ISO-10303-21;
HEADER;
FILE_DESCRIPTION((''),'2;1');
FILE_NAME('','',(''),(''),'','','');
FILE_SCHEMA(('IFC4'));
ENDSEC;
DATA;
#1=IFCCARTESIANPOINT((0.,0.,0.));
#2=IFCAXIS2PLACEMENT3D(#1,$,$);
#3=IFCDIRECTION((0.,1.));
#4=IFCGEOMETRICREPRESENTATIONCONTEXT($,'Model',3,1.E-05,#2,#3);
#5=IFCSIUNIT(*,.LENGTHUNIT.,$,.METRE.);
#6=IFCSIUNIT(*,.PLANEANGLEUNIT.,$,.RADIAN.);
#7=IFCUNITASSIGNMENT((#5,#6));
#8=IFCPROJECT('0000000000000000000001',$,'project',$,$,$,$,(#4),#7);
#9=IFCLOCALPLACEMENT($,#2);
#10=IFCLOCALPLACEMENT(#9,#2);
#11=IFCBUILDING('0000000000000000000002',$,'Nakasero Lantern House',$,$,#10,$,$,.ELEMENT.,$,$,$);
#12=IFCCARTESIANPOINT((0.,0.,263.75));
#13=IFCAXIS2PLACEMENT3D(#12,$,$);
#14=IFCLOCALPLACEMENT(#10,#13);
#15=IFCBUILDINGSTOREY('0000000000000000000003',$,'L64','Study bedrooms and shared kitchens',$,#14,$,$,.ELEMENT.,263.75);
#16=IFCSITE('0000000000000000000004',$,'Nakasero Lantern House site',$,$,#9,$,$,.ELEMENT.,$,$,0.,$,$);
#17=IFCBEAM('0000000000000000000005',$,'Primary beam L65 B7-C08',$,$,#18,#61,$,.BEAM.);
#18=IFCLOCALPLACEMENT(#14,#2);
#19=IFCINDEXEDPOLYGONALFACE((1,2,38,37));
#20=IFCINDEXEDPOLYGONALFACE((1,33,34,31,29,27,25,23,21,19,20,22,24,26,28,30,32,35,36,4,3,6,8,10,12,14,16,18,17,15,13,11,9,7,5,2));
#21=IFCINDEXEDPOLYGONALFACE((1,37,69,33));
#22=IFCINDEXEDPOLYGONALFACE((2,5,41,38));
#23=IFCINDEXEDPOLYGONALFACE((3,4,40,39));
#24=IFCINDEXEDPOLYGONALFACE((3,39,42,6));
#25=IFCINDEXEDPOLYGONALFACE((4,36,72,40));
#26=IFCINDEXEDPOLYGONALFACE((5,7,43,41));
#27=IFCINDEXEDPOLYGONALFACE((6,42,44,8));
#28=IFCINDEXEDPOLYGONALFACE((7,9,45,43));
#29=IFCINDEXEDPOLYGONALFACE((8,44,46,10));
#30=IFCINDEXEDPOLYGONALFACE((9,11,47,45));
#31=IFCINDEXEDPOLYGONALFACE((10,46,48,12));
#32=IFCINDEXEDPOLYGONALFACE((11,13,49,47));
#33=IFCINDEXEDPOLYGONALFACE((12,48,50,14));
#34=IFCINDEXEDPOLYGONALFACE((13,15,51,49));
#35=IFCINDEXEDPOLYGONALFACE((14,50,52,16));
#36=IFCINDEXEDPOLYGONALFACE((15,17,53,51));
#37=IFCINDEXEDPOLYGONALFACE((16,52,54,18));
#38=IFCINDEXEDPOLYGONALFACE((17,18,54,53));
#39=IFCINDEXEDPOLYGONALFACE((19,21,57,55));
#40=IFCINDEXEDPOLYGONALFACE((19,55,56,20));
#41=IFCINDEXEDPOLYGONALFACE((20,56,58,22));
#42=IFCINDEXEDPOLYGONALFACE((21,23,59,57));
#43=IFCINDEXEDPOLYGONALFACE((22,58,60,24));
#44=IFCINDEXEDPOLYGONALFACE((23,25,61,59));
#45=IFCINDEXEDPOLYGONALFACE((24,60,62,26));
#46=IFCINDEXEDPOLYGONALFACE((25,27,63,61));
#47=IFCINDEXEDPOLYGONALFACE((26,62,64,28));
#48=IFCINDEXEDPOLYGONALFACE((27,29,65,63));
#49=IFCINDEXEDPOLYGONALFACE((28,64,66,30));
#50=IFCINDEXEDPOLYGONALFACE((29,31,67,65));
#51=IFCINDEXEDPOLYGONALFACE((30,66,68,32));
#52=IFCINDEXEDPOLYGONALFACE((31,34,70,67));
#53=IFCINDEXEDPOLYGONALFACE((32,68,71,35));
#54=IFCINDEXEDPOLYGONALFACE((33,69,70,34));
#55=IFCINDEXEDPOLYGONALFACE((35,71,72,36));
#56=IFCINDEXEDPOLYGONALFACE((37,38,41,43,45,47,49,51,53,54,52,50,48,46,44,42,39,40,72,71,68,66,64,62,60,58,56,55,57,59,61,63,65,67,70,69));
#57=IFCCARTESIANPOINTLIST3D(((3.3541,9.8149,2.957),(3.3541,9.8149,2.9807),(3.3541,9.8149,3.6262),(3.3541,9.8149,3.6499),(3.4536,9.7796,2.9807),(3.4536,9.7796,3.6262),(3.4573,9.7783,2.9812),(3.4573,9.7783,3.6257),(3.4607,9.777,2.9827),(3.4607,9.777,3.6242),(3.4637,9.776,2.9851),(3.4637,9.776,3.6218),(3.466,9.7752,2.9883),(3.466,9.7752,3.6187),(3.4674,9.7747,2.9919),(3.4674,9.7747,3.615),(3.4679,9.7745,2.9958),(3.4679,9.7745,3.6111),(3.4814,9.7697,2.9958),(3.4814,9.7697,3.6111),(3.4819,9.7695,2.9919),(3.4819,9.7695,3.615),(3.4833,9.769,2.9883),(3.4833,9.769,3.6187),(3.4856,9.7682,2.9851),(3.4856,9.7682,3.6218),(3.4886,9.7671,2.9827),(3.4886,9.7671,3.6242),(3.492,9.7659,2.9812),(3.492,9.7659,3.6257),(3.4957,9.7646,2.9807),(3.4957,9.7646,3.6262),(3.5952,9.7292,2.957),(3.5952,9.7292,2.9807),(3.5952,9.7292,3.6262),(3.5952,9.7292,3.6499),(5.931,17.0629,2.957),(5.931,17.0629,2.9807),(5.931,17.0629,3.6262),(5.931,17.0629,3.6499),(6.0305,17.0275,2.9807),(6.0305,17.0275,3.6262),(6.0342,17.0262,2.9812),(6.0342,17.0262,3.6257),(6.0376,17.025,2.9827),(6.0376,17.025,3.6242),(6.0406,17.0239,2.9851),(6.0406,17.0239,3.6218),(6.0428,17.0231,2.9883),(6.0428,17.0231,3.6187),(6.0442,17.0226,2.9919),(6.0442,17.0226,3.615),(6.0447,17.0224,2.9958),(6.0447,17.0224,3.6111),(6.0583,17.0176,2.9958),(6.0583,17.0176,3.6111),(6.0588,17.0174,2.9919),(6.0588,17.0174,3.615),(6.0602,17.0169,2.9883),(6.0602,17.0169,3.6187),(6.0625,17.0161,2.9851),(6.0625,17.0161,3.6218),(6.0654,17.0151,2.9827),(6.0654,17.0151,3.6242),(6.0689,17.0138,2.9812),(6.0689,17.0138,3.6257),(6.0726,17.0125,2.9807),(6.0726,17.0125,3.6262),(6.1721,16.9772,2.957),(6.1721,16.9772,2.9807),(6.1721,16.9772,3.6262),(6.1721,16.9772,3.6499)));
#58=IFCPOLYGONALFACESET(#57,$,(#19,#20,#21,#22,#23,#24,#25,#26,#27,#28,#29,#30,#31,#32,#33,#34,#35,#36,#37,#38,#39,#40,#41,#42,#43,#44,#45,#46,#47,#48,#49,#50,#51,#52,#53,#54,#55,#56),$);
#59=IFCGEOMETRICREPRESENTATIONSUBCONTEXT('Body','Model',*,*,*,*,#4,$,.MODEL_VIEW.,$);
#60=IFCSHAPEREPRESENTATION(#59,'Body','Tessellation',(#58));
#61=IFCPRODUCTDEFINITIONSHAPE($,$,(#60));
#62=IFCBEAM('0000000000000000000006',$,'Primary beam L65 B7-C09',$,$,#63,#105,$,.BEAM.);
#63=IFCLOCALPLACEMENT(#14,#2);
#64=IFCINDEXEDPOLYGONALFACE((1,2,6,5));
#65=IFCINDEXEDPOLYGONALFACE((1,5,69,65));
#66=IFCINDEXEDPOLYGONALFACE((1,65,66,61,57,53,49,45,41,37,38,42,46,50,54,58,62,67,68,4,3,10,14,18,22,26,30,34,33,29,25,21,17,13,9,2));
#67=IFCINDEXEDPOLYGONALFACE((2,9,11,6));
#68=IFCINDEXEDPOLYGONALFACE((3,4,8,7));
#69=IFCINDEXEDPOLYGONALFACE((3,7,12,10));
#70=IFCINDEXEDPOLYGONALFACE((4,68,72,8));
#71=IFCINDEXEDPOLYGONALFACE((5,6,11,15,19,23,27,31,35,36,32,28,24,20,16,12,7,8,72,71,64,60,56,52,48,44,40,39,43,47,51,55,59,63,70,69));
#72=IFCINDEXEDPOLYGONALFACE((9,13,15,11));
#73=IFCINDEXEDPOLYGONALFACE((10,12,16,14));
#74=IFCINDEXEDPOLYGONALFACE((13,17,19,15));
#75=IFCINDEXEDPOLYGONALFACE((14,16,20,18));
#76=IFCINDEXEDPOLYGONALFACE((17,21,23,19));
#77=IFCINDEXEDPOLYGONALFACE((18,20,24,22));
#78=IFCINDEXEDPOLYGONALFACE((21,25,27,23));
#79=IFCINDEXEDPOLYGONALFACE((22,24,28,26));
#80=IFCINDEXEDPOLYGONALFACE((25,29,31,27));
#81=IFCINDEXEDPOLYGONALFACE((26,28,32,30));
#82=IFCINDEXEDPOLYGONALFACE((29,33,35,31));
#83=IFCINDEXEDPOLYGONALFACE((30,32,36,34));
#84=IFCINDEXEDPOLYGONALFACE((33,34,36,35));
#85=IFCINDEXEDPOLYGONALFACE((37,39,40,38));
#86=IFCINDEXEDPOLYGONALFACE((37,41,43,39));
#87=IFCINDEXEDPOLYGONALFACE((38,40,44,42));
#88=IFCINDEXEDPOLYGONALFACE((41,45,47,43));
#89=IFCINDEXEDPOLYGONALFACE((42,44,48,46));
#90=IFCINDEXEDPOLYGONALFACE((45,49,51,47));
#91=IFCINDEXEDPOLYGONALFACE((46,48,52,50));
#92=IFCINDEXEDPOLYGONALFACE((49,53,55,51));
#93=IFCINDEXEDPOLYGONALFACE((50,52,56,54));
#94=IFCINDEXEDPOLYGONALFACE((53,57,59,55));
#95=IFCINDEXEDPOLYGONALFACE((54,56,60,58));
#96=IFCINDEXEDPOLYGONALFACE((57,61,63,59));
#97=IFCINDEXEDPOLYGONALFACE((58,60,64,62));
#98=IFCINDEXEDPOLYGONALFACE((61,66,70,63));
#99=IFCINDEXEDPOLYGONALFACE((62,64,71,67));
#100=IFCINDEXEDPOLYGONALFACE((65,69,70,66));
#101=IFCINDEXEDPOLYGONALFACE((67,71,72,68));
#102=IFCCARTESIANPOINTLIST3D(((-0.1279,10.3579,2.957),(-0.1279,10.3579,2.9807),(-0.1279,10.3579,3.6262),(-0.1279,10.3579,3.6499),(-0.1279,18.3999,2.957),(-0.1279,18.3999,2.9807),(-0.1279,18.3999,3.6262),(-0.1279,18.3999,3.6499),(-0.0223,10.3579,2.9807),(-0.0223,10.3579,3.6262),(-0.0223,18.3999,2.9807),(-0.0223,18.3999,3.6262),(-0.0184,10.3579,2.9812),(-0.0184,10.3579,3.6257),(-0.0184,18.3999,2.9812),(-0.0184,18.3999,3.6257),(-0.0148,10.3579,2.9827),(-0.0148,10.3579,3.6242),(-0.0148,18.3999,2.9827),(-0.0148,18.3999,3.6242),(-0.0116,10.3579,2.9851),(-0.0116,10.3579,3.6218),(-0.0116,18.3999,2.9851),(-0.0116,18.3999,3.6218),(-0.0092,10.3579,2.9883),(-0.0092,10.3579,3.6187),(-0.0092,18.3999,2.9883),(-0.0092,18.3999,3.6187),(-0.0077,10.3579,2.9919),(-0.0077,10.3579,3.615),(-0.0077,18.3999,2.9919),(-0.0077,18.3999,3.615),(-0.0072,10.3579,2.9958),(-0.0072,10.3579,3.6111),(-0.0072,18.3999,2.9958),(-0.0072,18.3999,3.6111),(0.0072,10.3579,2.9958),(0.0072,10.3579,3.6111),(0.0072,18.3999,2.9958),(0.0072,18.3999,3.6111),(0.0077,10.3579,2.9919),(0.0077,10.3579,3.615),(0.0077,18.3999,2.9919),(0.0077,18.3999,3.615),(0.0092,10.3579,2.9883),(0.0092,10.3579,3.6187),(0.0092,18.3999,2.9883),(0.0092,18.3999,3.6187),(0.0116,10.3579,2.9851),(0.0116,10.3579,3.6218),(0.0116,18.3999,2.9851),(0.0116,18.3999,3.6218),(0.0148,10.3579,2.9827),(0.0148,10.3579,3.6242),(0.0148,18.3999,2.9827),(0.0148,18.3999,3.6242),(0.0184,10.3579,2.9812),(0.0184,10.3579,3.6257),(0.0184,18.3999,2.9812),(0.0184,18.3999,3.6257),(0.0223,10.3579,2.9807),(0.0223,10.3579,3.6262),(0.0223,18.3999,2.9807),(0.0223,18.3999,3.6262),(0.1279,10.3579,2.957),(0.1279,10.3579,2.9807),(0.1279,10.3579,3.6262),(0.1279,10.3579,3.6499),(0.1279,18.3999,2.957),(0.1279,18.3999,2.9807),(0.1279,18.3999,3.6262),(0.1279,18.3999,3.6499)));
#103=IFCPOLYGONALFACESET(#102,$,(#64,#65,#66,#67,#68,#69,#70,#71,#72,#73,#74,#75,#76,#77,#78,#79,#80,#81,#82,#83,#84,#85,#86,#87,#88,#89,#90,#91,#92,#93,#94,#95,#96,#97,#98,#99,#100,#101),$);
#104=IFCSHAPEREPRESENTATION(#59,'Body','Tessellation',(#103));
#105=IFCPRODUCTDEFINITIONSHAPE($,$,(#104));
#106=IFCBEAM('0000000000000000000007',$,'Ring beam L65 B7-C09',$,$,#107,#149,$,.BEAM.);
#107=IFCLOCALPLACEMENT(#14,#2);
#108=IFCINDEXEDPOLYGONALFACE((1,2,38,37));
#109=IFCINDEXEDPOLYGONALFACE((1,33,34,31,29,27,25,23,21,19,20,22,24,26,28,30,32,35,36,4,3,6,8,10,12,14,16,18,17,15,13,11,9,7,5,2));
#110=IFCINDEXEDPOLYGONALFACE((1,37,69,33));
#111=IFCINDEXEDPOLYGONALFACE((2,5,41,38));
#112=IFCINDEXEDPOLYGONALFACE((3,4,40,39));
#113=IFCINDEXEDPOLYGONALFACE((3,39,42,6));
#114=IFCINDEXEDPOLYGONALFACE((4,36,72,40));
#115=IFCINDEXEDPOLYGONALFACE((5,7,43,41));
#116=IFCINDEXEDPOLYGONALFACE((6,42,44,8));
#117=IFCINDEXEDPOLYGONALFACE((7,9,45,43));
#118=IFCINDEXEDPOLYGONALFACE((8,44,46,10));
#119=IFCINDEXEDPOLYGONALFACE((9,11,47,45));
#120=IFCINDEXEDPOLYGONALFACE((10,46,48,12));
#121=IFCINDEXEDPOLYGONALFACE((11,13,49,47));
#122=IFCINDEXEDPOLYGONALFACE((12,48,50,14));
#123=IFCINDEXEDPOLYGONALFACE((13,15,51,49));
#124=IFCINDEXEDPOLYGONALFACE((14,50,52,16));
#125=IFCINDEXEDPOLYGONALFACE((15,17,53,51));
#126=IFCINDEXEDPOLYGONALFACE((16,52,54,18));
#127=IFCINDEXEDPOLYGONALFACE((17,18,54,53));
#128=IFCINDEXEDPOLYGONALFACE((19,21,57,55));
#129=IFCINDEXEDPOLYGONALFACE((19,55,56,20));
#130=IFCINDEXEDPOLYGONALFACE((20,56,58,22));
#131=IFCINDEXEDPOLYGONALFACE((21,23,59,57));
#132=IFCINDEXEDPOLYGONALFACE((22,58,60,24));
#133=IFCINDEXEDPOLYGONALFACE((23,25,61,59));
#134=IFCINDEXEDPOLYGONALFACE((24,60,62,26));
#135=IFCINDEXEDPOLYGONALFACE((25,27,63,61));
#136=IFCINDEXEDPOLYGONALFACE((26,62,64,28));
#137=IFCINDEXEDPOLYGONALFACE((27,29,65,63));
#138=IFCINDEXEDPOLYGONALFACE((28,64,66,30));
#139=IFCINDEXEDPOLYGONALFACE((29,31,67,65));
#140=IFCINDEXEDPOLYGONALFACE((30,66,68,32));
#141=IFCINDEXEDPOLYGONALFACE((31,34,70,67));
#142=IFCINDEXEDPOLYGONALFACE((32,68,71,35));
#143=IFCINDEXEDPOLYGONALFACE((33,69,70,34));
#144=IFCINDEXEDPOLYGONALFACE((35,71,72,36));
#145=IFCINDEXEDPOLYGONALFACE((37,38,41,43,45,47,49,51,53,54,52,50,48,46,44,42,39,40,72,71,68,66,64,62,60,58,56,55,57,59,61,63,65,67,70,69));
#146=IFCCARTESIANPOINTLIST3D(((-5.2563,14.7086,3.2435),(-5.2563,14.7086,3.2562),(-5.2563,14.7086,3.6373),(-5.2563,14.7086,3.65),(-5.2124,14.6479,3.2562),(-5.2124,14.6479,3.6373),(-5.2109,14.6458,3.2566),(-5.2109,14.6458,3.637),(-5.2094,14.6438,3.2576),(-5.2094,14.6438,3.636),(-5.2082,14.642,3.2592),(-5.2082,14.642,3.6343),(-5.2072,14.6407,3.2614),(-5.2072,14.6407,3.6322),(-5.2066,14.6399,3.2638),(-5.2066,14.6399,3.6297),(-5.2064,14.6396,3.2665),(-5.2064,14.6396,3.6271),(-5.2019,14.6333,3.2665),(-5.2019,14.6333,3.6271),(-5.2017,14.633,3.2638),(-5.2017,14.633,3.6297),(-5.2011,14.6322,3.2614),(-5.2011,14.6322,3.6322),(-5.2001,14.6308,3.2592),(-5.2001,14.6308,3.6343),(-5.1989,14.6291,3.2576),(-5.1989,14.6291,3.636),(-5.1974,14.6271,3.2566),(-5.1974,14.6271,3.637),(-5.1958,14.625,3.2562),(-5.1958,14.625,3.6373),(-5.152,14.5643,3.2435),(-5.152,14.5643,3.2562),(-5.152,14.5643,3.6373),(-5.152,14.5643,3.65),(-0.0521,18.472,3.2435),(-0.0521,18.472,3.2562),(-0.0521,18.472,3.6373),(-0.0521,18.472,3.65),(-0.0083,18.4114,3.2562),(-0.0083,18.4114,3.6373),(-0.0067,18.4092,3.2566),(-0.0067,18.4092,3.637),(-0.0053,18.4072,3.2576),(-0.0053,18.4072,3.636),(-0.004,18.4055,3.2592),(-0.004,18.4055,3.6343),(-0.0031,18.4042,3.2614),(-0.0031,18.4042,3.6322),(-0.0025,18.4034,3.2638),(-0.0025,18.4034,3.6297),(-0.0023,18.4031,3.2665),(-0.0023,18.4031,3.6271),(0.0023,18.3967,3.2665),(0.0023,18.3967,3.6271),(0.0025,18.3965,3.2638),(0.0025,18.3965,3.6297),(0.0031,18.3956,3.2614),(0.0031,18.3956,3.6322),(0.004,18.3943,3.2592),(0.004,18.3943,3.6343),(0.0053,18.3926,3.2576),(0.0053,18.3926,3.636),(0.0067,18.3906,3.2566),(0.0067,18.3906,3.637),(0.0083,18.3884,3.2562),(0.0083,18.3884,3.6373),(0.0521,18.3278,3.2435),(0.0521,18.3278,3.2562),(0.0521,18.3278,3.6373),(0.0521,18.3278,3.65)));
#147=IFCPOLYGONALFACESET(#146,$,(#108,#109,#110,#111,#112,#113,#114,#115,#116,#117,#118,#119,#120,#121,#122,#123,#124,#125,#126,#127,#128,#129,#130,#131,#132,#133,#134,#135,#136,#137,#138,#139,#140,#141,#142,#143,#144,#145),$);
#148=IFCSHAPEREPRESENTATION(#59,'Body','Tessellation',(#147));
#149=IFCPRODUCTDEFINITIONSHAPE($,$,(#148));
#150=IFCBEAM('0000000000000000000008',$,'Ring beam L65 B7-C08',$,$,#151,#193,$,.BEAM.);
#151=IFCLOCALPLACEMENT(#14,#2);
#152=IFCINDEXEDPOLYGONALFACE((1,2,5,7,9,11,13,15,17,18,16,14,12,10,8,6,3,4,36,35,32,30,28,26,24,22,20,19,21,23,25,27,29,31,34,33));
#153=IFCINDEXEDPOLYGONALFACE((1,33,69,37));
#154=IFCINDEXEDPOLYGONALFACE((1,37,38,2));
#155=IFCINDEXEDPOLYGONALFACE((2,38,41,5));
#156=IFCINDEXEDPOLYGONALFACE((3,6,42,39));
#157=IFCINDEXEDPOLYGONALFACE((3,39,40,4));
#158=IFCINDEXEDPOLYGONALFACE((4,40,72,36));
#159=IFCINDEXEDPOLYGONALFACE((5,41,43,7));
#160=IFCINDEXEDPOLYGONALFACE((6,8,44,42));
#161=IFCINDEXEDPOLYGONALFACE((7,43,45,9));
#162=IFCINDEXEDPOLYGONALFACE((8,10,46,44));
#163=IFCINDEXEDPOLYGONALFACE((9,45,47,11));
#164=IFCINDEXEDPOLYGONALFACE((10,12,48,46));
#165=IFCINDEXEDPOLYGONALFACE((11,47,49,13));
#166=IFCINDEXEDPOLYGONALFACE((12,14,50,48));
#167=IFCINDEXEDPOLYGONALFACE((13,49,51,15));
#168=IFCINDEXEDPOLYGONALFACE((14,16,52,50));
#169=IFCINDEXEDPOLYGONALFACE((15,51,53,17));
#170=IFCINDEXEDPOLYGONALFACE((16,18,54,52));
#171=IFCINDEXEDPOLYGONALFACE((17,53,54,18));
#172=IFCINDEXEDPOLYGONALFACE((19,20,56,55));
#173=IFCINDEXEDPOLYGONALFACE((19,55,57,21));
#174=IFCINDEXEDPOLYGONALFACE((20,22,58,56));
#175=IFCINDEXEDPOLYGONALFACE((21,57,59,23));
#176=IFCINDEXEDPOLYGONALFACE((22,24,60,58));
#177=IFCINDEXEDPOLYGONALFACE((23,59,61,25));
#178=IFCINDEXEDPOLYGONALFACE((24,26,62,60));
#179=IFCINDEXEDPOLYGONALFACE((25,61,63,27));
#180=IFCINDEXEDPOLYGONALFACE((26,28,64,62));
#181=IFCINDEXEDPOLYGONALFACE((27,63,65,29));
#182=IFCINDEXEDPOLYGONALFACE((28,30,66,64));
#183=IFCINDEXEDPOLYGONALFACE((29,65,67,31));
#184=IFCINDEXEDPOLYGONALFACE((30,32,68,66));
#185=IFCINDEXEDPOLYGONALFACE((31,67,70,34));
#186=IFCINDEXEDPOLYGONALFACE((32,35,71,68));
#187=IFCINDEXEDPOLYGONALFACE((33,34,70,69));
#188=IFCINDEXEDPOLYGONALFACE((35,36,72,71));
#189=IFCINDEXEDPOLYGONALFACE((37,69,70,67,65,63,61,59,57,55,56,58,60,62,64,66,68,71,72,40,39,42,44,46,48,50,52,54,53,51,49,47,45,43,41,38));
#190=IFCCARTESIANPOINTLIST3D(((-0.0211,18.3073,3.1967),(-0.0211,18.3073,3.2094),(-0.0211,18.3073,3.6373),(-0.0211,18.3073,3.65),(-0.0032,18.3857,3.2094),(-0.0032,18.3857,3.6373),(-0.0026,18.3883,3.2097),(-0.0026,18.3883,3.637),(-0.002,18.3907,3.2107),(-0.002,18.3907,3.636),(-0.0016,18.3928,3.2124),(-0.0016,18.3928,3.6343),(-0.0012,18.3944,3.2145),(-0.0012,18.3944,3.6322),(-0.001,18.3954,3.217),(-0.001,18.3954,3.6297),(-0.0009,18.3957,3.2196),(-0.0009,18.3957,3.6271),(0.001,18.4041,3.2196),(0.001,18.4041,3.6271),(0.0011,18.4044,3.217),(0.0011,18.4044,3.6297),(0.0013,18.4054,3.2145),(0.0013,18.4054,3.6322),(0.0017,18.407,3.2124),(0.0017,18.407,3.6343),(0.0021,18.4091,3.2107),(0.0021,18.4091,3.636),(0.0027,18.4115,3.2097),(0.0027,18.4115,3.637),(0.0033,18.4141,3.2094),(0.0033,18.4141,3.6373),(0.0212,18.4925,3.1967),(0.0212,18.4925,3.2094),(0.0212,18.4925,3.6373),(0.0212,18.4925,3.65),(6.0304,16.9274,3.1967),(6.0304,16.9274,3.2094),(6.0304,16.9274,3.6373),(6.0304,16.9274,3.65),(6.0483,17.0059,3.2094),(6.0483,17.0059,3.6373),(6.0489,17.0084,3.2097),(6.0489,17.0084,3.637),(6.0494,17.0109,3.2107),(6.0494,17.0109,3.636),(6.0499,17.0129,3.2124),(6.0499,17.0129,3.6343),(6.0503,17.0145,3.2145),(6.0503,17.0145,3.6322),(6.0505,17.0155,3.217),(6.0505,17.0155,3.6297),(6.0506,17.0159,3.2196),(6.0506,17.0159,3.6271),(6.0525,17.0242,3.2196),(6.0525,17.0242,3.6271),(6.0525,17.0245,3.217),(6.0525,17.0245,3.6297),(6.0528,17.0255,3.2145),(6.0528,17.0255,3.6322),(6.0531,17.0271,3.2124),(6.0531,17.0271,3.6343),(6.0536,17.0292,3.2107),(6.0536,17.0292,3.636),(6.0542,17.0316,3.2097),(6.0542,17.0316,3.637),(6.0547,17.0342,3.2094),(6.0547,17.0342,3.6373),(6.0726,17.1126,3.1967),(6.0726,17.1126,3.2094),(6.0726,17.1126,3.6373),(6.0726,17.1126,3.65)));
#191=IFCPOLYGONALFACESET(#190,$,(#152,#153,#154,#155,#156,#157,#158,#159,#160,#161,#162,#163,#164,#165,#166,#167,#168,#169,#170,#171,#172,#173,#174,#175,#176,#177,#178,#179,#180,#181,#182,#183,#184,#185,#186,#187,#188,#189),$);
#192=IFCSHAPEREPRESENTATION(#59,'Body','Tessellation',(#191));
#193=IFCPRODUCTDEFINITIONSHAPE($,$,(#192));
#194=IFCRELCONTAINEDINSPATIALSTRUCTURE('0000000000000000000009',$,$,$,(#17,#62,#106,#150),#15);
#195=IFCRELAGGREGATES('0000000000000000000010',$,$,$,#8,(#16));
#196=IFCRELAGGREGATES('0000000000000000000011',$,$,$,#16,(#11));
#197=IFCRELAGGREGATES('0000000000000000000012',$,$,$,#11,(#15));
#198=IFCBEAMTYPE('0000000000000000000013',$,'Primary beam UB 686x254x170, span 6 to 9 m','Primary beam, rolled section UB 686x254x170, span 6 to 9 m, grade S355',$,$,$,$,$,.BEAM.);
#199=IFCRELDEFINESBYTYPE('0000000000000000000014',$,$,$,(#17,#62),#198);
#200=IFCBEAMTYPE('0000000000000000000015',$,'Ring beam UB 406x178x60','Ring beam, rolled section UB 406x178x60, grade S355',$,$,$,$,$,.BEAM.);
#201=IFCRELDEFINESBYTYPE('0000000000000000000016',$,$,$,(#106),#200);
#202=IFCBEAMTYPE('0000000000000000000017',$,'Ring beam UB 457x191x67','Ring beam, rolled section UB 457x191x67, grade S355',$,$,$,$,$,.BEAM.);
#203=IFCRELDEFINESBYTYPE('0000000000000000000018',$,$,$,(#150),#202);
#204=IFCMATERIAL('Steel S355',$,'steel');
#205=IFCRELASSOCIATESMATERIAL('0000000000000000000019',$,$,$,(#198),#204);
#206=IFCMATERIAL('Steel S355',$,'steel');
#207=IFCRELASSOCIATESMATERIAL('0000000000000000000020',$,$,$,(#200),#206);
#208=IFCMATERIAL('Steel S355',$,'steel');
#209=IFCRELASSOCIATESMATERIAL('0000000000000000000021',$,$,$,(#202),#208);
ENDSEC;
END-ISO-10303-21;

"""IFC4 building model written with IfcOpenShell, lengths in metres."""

from ifc_helpers import new_model, si_unit, direction, frame, origin, origin_2d, place, context, subcontext, project, spatial, i_section, extrude, material, material_profile, profile_set, type_object, element, save


model = new_model("IFC4")

# Units and contexts
model_context = context("Model", 3, precision=1e-05, world=origin(), true_north=direction((0.0, 1.0)))
body_context = subcontext(model_context, "Body", "Model", "MODEL_VIEW")
ifc_project = project(units=[si_unit("LENGTHUNIT", "METRE"), si_unit("PLANEANGLEUNIT", "RADIAN")], contexts=[model_context])

# Site, building, storey
site_placement = place(None, origin())
site = spatial("IfcSite", under=ifc_project, at=site_placement, Name="Nakasero Lantern House site", CompositionType="ELEMENT", RefElevation=0.0)
building_placement = place(site_placement, origin())
building = spatial("IfcBuilding", under=site, at=building_placement, Name="Nakasero Lantern House", CompositionType="ELEMENT")
storey_placement = place(building_placement, frame((0.0, 0.0, 263.75)))
storey = spatial("IfcBuildingStorey", under=building, at=storey_placement, Name="L64", Description="Study bedrooms and shared kitchens", CompositionType="ELEMENT", Elevation=263.75)

# Beams
ifc_material_1 = material(Name="Steel S355", Category="steel")
ifc_material_profile_1 = material_profile(ifc_material_1, i_section(OverallWidth=0.2559, OverallDepth=0.6929, WebThickness=0.0144, FlangeThickness=0.0237, FilletRadius=0.0151, at=origin_2d()), Name="UB 686x254x170")
ifc_profile_set_1 = profile_set([ifc_material_profile_1], Name="Steel S355")
beam_type_1 = type_object("IfcBeamType", Name="Primary beam UB 686x254x170, span 6 to 9 m", Description="Primary beam, rolled section UB 686x254x170, span 6 to 9 m, grade S355", PredefinedType="BEAM", material=ifc_profile_set_1)
beam_1_placement = place(storey_placement, frame((6.0515, 17.02, 3.3035), z_axis=(-0.334989, -0.942222, 0.0), x_axis=(0.942222, -0.334989, 0.0)))
element("IfcBeam", 1, at=beam_1_placement, inside=storey, type_object=beam_type_1, Name="Primary beam L65 B7-C08", PredefinedType="BEAM", context=body_context, shape_type="SweptSolid", body=[
    extrude(i_section(OverallWidth=0.2559, OverallDepth=0.6929, WebThickness=0.0144, FlangeThickness=0.0237, FilletRadius=0.0151, at=origin_2d()), origin(), (0.0, 0.0, 1.0), 7.6924),
])
beam_2_placement = place(storey_placement, frame((0.0, 18.3999, 3.3035), z_axis=(0.0, -1.0, 0.0), x_axis=(1.0, 0.0, 0.0)))
element("IfcBeam", 2, at=beam_2_placement, inside=storey, type_object=beam_type_1, Name="Primary beam L65 B7-C09", PredefinedType="BEAM", context=body_context, shape_type="SweptSolid", body=[
    extrude(i_section(OverallWidth=0.2559, OverallDepth=0.6929, WebThickness=0.0144, FlangeThickness=0.0237, FilletRadius=0.0151, at=origin_2d()), origin(), (0.0, 0.0, 1.0), 8.042),
])
ifc_material_2 = material(Name="Steel S355", Category="steel")
ifc_material_profile_2 = material_profile(ifc_material_2, i_section(OverallWidth=0.178, OverallDepth=0.4065, WebThickness=0.0078, FlangeThickness=0.0127, FilletRadius=0.0103, at=origin_2d()), Name="UB 406x178x60")
ifc_profile_set_2 = profile_set([ifc_material_profile_2], Name="Steel S355")
beam_type_2 = type_object("IfcBeamType", Name="Ring beam UB 406x178x60", Description="Ring beam, rolled section UB 406x178x60, grade S355", PredefinedType="BEAM", material=ifc_profile_set_2)
beam_3_placement = place(storey_placement, frame((0.0, 18.3999, 3.4468), z_axis=(-0.810316, -0.585993, 0.0), x_axis=(0.585993, -0.810316, 0.0)))
element("IfcBeam", 3, at=beam_3_placement, inside=storey, type_object=beam_type_2, Name="Ring beam L65 B7-C09", PredefinedType="BEAM", context=body_context, shape_type="SweptSolid", body=[
    extrude(i_section(OverallWidth=0.178, OverallDepth=0.4065, WebThickness=0.0078, FlangeThickness=0.0127, FilletRadius=0.0103, at=origin_2d()), origin(), (0.0, 0.0, 1.0), 6.4224),
])
ifc_material_3 = material(Name="Steel S355", Category="steel")
ifc_material_profile_3 = material_profile(ifc_material_3, i_section(OverallWidth=0.1899, OverallDepth=0.4534, WebThickness=0.0085, FlangeThickness=0.0127, FilletRadius=0.0103, at=origin_2d()), Name="UB 457x191x67")
ifc_profile_set_3 = profile_set([ifc_material_profile_3], Name="Steel S355")
beam_type_3 = type_object("IfcBeamType", Name="Ring beam UB 457x191x67", Description="Ring beam, rolled section UB 457x191x67, grade S355", PredefinedType="BEAM", material=ifc_profile_set_3)
beam_4_placement = place(storey_placement, frame((6.0515, 17.02, 3.4233), z_axis=(-0.974975, 0.222316, 0.0), x_axis=(-0.222316, -0.974975, 0.0)))
element("IfcBeam", 4, at=beam_4_placement, inside=storey, type_object=beam_type_3, Name="Ring beam L65 B7-C08", PredefinedType="BEAM", context=body_context, shape_type="SweptSolid", body=[
    extrude(i_section(OverallWidth=0.1899, OverallDepth=0.4534, WebThickness=0.0085, FlangeThickness=0.0127, FilletRadius=0.0103, at=origin_2d()), origin(), (0.0, 0.0, 1.0), 6.2068),
])

save(model, "model.ifc")
